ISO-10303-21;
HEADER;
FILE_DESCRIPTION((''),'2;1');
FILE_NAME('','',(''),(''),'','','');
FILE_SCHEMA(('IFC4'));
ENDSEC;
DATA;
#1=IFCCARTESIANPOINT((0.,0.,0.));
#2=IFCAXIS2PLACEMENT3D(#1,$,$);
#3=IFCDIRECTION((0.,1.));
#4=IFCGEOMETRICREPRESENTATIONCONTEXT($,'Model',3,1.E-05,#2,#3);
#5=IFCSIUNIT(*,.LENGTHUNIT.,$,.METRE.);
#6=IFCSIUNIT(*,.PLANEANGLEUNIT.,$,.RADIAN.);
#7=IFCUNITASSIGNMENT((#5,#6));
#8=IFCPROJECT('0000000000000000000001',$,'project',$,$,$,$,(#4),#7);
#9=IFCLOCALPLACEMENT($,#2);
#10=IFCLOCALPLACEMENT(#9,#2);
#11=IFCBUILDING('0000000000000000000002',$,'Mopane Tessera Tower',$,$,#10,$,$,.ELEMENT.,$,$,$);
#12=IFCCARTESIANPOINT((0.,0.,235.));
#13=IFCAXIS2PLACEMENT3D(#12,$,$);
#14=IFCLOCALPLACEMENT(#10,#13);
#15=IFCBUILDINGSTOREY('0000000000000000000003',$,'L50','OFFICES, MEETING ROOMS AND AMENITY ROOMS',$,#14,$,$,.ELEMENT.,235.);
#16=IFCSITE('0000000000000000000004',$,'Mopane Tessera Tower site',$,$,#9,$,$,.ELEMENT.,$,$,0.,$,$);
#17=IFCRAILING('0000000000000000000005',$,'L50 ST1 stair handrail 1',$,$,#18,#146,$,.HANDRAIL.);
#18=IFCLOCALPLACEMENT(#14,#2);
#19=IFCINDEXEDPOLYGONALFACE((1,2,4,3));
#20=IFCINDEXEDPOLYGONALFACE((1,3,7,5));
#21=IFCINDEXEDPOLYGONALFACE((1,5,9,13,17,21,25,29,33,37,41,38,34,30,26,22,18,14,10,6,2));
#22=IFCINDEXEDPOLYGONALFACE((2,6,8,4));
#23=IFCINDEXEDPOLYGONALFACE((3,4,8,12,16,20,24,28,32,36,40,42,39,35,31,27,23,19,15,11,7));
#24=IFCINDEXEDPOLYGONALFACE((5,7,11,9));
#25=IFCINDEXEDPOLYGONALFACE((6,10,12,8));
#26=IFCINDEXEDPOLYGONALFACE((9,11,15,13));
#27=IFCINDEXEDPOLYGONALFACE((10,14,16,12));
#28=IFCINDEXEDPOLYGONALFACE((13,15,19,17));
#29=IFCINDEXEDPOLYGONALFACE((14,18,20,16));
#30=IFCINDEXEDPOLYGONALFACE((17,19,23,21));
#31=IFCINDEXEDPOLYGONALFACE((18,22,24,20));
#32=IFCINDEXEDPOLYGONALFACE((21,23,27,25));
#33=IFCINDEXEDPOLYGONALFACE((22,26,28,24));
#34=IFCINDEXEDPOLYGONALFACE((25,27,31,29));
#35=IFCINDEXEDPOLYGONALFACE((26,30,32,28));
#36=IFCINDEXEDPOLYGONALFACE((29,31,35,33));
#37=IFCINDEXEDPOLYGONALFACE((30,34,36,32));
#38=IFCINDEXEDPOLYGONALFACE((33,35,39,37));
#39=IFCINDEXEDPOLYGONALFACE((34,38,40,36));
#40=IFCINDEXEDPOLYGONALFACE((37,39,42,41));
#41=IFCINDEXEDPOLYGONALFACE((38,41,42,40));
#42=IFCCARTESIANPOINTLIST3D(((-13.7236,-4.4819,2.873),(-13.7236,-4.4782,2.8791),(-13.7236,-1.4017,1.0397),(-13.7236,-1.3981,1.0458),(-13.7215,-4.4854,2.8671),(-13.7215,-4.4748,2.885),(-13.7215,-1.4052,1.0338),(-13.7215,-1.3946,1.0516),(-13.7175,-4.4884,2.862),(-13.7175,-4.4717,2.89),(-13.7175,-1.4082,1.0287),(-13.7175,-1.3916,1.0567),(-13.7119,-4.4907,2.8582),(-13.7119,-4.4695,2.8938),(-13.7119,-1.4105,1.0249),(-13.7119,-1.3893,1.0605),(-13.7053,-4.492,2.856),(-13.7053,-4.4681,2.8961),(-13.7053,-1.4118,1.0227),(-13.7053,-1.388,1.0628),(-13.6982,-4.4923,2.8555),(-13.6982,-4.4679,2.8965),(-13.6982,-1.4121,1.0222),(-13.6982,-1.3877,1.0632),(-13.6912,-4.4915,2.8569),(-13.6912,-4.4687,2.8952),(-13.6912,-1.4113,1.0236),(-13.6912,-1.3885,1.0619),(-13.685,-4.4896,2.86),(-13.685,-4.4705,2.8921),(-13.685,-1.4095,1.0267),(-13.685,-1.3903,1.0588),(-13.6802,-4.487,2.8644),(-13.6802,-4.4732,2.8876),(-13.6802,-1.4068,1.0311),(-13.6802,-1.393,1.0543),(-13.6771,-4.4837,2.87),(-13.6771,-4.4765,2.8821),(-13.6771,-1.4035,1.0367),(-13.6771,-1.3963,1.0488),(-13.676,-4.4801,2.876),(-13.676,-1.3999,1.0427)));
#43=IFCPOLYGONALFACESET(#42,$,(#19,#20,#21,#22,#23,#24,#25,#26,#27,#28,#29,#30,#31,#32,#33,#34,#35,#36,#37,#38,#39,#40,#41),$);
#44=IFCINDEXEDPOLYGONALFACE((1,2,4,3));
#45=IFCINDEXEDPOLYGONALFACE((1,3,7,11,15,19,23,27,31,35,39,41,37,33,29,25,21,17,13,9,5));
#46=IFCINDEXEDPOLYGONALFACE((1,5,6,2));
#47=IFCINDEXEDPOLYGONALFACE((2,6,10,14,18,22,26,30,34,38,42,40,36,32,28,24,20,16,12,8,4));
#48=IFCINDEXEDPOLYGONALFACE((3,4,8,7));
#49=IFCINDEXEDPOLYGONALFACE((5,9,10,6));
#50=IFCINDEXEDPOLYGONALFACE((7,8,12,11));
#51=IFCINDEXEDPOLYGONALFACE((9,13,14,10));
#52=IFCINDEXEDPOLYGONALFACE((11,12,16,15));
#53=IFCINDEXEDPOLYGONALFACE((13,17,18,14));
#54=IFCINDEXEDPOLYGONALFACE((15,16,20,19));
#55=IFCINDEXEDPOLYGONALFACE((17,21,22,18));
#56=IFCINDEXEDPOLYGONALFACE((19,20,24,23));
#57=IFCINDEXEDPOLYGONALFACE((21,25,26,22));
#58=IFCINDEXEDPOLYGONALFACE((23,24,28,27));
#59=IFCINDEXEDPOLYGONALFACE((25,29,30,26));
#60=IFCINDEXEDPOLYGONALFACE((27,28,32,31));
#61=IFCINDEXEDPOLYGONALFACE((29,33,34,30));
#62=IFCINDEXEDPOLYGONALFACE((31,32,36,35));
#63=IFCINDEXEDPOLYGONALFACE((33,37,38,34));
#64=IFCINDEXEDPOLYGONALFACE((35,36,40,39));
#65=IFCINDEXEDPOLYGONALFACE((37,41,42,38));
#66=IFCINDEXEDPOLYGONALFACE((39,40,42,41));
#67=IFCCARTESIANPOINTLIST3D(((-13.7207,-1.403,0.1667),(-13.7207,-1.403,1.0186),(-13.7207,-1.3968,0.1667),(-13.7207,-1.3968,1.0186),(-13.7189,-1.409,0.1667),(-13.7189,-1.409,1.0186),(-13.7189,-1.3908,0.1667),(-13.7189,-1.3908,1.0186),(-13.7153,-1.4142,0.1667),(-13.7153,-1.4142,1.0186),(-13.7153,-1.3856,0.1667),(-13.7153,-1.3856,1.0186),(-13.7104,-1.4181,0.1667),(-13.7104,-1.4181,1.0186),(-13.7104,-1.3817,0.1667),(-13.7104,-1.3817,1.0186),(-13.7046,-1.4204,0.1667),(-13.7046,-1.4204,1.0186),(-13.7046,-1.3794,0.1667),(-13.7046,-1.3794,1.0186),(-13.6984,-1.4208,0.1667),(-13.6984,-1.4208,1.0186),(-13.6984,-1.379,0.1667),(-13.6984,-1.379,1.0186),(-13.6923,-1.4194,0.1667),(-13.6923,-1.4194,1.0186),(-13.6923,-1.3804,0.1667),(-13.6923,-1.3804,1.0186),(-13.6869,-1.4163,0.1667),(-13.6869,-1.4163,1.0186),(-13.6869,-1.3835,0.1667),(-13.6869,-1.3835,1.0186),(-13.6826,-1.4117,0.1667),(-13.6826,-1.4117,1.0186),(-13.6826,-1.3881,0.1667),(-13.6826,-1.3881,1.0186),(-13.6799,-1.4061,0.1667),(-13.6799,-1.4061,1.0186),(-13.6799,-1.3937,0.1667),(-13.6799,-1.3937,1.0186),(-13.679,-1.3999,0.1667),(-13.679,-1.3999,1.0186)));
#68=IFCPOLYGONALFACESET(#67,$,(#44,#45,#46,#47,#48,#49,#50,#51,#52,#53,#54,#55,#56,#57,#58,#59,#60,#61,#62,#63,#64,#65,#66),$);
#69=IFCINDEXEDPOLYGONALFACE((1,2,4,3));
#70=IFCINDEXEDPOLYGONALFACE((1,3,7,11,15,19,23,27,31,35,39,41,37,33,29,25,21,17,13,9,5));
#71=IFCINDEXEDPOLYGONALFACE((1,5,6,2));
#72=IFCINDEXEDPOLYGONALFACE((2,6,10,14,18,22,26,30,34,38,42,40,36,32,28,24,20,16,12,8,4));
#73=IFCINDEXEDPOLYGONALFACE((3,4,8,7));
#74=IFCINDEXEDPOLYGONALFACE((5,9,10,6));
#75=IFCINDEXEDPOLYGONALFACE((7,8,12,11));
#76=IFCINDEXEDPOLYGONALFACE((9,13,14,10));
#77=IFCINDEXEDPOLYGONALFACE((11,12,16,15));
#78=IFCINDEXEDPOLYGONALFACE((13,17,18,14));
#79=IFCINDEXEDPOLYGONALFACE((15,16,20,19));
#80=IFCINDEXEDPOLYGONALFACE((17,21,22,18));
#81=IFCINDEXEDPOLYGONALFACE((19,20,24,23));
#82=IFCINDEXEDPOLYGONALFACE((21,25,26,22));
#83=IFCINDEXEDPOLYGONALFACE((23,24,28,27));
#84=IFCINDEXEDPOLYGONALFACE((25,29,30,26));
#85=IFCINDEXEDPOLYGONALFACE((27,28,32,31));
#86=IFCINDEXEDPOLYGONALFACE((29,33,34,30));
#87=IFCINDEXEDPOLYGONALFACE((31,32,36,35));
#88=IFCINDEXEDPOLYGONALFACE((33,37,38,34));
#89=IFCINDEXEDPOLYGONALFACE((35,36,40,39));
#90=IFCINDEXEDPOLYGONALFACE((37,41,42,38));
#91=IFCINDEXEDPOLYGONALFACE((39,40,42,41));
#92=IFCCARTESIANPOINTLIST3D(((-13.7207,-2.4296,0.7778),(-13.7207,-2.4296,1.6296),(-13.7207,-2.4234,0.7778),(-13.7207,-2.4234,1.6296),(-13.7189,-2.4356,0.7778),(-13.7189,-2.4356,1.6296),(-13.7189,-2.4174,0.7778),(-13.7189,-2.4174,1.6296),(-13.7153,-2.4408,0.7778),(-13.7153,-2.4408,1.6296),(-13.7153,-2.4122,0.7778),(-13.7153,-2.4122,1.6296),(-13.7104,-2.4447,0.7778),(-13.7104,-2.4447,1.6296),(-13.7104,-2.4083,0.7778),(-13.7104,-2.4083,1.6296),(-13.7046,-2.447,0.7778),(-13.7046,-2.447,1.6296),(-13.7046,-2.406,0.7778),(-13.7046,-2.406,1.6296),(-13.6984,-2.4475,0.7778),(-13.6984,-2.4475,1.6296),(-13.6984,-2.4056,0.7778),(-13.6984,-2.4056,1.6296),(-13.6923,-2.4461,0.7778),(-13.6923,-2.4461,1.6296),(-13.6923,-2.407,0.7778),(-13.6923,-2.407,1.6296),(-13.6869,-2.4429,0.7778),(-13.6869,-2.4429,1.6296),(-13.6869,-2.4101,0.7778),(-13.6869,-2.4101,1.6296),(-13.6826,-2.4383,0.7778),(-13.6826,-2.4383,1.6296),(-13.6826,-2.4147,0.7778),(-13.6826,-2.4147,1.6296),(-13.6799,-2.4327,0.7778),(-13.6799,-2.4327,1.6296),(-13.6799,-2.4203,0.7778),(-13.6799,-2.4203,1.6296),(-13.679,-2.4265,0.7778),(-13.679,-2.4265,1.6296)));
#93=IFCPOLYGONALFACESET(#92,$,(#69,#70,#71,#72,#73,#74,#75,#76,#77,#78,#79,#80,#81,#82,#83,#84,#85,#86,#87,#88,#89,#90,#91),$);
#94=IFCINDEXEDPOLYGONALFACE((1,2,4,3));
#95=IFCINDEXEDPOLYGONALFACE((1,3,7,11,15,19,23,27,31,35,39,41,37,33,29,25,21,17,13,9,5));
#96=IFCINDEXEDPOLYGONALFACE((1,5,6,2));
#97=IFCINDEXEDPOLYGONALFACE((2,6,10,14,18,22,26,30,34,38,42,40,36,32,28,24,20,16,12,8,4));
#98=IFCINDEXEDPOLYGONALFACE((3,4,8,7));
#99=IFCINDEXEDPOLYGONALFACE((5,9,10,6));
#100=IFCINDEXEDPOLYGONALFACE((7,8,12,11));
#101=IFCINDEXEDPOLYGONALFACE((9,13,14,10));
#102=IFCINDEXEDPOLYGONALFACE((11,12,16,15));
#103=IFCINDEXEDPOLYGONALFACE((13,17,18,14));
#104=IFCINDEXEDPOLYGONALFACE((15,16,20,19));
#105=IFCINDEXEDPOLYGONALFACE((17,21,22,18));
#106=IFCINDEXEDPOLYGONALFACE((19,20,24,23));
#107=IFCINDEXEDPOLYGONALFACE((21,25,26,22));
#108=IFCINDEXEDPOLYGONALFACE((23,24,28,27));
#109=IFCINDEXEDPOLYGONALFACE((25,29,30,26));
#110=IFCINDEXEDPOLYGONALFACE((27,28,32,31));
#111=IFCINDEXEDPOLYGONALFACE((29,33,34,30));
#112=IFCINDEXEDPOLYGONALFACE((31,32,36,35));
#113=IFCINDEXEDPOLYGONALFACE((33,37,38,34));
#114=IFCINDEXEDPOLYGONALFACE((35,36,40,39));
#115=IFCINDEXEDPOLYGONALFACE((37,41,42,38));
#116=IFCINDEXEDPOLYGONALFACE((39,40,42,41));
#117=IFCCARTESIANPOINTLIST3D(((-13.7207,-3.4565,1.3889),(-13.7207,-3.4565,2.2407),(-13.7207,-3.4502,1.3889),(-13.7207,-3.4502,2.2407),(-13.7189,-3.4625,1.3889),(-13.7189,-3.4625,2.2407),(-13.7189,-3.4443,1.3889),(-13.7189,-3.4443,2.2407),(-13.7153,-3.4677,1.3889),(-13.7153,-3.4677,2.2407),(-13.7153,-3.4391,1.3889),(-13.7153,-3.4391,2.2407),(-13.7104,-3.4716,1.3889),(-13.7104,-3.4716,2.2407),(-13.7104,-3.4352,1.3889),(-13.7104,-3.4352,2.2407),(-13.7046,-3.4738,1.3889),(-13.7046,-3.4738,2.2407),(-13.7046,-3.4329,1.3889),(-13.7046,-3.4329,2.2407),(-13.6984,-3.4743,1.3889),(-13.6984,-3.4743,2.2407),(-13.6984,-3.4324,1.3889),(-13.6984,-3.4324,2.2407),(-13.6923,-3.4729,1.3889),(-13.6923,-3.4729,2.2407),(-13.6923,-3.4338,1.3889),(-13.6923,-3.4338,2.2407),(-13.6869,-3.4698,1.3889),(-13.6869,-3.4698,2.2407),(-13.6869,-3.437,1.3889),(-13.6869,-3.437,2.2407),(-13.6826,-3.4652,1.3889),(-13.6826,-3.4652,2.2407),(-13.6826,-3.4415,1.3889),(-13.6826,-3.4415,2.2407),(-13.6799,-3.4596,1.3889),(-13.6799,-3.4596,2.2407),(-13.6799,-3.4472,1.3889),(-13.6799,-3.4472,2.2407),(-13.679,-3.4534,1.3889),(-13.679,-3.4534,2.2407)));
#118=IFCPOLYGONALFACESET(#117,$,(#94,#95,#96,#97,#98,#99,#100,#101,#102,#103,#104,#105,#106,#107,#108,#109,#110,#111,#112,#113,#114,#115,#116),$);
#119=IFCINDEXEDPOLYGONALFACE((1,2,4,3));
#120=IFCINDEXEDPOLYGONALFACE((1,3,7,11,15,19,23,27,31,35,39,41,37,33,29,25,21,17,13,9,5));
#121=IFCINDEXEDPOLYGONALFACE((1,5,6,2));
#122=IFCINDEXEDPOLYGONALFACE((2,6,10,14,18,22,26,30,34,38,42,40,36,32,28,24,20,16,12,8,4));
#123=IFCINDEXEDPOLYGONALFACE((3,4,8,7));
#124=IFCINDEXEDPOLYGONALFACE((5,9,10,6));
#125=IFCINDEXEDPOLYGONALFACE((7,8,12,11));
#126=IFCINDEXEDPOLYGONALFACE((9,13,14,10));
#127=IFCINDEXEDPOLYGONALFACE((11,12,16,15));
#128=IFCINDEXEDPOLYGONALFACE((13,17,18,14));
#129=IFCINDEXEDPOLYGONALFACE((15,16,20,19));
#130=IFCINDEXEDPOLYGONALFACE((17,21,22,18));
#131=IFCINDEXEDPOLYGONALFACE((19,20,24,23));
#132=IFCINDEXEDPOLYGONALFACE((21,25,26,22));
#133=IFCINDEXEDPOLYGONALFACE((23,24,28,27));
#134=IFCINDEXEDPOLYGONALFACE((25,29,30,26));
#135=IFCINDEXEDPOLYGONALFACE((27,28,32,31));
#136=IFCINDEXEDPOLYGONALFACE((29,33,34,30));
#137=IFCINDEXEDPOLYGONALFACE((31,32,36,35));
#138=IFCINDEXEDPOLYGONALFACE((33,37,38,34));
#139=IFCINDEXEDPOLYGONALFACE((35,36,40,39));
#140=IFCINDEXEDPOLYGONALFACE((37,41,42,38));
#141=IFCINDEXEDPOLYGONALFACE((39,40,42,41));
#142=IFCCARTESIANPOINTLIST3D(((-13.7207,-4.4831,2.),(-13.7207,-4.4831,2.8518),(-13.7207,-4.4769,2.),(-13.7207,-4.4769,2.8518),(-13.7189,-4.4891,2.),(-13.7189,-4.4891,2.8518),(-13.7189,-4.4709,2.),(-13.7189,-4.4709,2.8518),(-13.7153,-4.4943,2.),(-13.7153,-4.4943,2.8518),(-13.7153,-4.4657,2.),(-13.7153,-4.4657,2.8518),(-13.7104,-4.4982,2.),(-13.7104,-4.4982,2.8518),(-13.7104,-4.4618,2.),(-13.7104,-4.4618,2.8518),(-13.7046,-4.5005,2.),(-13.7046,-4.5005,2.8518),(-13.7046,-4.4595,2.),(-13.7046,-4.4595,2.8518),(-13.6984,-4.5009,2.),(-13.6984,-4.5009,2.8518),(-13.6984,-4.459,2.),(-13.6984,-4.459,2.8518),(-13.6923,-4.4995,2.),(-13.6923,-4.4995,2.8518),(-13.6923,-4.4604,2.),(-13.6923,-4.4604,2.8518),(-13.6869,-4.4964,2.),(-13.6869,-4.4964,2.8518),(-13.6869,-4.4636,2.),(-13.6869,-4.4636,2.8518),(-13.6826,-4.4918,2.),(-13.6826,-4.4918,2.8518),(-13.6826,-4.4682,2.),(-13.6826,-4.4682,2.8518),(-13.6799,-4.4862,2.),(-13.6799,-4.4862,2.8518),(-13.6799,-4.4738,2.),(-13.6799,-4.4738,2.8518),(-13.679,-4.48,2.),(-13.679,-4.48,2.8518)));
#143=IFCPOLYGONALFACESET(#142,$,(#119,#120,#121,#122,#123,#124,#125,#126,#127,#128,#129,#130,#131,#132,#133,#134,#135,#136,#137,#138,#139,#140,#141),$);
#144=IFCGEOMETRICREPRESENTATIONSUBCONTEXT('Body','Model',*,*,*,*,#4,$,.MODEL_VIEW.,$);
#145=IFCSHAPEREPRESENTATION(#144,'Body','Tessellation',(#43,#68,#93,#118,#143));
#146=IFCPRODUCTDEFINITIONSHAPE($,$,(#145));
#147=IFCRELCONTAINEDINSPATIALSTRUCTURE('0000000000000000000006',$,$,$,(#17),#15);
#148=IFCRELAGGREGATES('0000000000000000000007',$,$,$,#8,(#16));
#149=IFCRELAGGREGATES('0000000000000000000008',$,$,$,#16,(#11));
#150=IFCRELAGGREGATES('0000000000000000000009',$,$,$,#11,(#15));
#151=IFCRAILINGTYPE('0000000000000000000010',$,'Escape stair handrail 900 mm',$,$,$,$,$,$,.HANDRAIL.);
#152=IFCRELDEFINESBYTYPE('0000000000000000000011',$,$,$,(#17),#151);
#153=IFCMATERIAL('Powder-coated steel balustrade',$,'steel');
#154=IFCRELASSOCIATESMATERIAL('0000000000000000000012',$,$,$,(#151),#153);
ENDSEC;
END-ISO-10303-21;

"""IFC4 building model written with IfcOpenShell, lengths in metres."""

from ifc_helpers import new_model, si_unit, direction, frame, origin, origin_2d, place, context, subcontext, project, spatial, circle, extrude, material, type_object, element, save


model = new_model("IFC4")

# Units and contexts
model_context = context("Model", 3, precision=1e-05, world=origin(), true_north=direction((0.0, 1.0)))
body_context = subcontext(model_context, "Body", "Model", "MODEL_VIEW")
ifc_project = project(units=[si_unit("LENGTHUNIT", "METRE"), si_unit("PLANEANGLEUNIT", "RADIAN")], contexts=[model_context])

# Site, building, storey
site_placement = place(None, origin())
site = spatial("IfcSite", under=ifc_project, at=site_placement, Name="Mopane Tessera Tower site", CompositionType="ELEMENT", RefElevation=0.0)
building_placement = place(site_placement, origin())
building = spatial("IfcBuilding", under=site, at=building_placement, Name="Mopane Tessera Tower", CompositionType="ELEMENT")
storey_placement = place(building_placement, frame((0.0, 0.0, 235.0)))
storey = spatial("IfcBuildingStorey", under=building, at=storey_placement, Name="L50", Description="OFFICES, MEETING ROOMS AND AMENITY ROOMS", CompositionType="ELEMENT", Elevation=235.0)

# Railing
ifc_material_1 = material(Name="Powder-coated steel balustrade", Category="steel")
railing_type_1 = type_object("IfcRailingType", Name="Escape stair handrail 900 mm", PredefinedType="HANDRAIL", material=ifc_material_1)
railing_1_placement = place(storey_placement, frame((-13.7, -1.3999, 0.1667)))
element("IfcRailing", 1, at=railing_1_placement, inside=storey, type_object=railing_type_1, Name="L50 ST1 stair handrail 1", PredefinedType="HANDRAIL", context=body_context, shape_type="SweptSolid", body=[
    extrude(circle(Radius=0.0239, at=origin_2d()), frame((0.0, 0.0, 0.876), z_axis=(0.0, -0.859309, 0.511458), x_axis=(1.0, 0.0, 0.0)), (0.0, 0.0, 1.0), 3.5845),
    extrude(circle(Radius=0.021, at=origin_2d()), origin(), (0.0, 0.0, 1.0), 0.8518),
    extrude(circle(Radius=0.021, at=origin_2d()), frame((0.0, -1.0266, 0.6111)), (0.0, 0.0, 1.0), 0.8518),
    extrude(circle(Radius=0.021, at=origin_2d()), frame((0.0, -2.0535, 1.2222)), (0.0, 0.0, 1.0), 0.8518),
    extrude(circle(Radius=0.021, at=origin_2d()), frame((0.0, -3.0801, 1.8333)), (0.0, 0.0, 1.0), 0.8518),
])

save(model, "model.ifc")
